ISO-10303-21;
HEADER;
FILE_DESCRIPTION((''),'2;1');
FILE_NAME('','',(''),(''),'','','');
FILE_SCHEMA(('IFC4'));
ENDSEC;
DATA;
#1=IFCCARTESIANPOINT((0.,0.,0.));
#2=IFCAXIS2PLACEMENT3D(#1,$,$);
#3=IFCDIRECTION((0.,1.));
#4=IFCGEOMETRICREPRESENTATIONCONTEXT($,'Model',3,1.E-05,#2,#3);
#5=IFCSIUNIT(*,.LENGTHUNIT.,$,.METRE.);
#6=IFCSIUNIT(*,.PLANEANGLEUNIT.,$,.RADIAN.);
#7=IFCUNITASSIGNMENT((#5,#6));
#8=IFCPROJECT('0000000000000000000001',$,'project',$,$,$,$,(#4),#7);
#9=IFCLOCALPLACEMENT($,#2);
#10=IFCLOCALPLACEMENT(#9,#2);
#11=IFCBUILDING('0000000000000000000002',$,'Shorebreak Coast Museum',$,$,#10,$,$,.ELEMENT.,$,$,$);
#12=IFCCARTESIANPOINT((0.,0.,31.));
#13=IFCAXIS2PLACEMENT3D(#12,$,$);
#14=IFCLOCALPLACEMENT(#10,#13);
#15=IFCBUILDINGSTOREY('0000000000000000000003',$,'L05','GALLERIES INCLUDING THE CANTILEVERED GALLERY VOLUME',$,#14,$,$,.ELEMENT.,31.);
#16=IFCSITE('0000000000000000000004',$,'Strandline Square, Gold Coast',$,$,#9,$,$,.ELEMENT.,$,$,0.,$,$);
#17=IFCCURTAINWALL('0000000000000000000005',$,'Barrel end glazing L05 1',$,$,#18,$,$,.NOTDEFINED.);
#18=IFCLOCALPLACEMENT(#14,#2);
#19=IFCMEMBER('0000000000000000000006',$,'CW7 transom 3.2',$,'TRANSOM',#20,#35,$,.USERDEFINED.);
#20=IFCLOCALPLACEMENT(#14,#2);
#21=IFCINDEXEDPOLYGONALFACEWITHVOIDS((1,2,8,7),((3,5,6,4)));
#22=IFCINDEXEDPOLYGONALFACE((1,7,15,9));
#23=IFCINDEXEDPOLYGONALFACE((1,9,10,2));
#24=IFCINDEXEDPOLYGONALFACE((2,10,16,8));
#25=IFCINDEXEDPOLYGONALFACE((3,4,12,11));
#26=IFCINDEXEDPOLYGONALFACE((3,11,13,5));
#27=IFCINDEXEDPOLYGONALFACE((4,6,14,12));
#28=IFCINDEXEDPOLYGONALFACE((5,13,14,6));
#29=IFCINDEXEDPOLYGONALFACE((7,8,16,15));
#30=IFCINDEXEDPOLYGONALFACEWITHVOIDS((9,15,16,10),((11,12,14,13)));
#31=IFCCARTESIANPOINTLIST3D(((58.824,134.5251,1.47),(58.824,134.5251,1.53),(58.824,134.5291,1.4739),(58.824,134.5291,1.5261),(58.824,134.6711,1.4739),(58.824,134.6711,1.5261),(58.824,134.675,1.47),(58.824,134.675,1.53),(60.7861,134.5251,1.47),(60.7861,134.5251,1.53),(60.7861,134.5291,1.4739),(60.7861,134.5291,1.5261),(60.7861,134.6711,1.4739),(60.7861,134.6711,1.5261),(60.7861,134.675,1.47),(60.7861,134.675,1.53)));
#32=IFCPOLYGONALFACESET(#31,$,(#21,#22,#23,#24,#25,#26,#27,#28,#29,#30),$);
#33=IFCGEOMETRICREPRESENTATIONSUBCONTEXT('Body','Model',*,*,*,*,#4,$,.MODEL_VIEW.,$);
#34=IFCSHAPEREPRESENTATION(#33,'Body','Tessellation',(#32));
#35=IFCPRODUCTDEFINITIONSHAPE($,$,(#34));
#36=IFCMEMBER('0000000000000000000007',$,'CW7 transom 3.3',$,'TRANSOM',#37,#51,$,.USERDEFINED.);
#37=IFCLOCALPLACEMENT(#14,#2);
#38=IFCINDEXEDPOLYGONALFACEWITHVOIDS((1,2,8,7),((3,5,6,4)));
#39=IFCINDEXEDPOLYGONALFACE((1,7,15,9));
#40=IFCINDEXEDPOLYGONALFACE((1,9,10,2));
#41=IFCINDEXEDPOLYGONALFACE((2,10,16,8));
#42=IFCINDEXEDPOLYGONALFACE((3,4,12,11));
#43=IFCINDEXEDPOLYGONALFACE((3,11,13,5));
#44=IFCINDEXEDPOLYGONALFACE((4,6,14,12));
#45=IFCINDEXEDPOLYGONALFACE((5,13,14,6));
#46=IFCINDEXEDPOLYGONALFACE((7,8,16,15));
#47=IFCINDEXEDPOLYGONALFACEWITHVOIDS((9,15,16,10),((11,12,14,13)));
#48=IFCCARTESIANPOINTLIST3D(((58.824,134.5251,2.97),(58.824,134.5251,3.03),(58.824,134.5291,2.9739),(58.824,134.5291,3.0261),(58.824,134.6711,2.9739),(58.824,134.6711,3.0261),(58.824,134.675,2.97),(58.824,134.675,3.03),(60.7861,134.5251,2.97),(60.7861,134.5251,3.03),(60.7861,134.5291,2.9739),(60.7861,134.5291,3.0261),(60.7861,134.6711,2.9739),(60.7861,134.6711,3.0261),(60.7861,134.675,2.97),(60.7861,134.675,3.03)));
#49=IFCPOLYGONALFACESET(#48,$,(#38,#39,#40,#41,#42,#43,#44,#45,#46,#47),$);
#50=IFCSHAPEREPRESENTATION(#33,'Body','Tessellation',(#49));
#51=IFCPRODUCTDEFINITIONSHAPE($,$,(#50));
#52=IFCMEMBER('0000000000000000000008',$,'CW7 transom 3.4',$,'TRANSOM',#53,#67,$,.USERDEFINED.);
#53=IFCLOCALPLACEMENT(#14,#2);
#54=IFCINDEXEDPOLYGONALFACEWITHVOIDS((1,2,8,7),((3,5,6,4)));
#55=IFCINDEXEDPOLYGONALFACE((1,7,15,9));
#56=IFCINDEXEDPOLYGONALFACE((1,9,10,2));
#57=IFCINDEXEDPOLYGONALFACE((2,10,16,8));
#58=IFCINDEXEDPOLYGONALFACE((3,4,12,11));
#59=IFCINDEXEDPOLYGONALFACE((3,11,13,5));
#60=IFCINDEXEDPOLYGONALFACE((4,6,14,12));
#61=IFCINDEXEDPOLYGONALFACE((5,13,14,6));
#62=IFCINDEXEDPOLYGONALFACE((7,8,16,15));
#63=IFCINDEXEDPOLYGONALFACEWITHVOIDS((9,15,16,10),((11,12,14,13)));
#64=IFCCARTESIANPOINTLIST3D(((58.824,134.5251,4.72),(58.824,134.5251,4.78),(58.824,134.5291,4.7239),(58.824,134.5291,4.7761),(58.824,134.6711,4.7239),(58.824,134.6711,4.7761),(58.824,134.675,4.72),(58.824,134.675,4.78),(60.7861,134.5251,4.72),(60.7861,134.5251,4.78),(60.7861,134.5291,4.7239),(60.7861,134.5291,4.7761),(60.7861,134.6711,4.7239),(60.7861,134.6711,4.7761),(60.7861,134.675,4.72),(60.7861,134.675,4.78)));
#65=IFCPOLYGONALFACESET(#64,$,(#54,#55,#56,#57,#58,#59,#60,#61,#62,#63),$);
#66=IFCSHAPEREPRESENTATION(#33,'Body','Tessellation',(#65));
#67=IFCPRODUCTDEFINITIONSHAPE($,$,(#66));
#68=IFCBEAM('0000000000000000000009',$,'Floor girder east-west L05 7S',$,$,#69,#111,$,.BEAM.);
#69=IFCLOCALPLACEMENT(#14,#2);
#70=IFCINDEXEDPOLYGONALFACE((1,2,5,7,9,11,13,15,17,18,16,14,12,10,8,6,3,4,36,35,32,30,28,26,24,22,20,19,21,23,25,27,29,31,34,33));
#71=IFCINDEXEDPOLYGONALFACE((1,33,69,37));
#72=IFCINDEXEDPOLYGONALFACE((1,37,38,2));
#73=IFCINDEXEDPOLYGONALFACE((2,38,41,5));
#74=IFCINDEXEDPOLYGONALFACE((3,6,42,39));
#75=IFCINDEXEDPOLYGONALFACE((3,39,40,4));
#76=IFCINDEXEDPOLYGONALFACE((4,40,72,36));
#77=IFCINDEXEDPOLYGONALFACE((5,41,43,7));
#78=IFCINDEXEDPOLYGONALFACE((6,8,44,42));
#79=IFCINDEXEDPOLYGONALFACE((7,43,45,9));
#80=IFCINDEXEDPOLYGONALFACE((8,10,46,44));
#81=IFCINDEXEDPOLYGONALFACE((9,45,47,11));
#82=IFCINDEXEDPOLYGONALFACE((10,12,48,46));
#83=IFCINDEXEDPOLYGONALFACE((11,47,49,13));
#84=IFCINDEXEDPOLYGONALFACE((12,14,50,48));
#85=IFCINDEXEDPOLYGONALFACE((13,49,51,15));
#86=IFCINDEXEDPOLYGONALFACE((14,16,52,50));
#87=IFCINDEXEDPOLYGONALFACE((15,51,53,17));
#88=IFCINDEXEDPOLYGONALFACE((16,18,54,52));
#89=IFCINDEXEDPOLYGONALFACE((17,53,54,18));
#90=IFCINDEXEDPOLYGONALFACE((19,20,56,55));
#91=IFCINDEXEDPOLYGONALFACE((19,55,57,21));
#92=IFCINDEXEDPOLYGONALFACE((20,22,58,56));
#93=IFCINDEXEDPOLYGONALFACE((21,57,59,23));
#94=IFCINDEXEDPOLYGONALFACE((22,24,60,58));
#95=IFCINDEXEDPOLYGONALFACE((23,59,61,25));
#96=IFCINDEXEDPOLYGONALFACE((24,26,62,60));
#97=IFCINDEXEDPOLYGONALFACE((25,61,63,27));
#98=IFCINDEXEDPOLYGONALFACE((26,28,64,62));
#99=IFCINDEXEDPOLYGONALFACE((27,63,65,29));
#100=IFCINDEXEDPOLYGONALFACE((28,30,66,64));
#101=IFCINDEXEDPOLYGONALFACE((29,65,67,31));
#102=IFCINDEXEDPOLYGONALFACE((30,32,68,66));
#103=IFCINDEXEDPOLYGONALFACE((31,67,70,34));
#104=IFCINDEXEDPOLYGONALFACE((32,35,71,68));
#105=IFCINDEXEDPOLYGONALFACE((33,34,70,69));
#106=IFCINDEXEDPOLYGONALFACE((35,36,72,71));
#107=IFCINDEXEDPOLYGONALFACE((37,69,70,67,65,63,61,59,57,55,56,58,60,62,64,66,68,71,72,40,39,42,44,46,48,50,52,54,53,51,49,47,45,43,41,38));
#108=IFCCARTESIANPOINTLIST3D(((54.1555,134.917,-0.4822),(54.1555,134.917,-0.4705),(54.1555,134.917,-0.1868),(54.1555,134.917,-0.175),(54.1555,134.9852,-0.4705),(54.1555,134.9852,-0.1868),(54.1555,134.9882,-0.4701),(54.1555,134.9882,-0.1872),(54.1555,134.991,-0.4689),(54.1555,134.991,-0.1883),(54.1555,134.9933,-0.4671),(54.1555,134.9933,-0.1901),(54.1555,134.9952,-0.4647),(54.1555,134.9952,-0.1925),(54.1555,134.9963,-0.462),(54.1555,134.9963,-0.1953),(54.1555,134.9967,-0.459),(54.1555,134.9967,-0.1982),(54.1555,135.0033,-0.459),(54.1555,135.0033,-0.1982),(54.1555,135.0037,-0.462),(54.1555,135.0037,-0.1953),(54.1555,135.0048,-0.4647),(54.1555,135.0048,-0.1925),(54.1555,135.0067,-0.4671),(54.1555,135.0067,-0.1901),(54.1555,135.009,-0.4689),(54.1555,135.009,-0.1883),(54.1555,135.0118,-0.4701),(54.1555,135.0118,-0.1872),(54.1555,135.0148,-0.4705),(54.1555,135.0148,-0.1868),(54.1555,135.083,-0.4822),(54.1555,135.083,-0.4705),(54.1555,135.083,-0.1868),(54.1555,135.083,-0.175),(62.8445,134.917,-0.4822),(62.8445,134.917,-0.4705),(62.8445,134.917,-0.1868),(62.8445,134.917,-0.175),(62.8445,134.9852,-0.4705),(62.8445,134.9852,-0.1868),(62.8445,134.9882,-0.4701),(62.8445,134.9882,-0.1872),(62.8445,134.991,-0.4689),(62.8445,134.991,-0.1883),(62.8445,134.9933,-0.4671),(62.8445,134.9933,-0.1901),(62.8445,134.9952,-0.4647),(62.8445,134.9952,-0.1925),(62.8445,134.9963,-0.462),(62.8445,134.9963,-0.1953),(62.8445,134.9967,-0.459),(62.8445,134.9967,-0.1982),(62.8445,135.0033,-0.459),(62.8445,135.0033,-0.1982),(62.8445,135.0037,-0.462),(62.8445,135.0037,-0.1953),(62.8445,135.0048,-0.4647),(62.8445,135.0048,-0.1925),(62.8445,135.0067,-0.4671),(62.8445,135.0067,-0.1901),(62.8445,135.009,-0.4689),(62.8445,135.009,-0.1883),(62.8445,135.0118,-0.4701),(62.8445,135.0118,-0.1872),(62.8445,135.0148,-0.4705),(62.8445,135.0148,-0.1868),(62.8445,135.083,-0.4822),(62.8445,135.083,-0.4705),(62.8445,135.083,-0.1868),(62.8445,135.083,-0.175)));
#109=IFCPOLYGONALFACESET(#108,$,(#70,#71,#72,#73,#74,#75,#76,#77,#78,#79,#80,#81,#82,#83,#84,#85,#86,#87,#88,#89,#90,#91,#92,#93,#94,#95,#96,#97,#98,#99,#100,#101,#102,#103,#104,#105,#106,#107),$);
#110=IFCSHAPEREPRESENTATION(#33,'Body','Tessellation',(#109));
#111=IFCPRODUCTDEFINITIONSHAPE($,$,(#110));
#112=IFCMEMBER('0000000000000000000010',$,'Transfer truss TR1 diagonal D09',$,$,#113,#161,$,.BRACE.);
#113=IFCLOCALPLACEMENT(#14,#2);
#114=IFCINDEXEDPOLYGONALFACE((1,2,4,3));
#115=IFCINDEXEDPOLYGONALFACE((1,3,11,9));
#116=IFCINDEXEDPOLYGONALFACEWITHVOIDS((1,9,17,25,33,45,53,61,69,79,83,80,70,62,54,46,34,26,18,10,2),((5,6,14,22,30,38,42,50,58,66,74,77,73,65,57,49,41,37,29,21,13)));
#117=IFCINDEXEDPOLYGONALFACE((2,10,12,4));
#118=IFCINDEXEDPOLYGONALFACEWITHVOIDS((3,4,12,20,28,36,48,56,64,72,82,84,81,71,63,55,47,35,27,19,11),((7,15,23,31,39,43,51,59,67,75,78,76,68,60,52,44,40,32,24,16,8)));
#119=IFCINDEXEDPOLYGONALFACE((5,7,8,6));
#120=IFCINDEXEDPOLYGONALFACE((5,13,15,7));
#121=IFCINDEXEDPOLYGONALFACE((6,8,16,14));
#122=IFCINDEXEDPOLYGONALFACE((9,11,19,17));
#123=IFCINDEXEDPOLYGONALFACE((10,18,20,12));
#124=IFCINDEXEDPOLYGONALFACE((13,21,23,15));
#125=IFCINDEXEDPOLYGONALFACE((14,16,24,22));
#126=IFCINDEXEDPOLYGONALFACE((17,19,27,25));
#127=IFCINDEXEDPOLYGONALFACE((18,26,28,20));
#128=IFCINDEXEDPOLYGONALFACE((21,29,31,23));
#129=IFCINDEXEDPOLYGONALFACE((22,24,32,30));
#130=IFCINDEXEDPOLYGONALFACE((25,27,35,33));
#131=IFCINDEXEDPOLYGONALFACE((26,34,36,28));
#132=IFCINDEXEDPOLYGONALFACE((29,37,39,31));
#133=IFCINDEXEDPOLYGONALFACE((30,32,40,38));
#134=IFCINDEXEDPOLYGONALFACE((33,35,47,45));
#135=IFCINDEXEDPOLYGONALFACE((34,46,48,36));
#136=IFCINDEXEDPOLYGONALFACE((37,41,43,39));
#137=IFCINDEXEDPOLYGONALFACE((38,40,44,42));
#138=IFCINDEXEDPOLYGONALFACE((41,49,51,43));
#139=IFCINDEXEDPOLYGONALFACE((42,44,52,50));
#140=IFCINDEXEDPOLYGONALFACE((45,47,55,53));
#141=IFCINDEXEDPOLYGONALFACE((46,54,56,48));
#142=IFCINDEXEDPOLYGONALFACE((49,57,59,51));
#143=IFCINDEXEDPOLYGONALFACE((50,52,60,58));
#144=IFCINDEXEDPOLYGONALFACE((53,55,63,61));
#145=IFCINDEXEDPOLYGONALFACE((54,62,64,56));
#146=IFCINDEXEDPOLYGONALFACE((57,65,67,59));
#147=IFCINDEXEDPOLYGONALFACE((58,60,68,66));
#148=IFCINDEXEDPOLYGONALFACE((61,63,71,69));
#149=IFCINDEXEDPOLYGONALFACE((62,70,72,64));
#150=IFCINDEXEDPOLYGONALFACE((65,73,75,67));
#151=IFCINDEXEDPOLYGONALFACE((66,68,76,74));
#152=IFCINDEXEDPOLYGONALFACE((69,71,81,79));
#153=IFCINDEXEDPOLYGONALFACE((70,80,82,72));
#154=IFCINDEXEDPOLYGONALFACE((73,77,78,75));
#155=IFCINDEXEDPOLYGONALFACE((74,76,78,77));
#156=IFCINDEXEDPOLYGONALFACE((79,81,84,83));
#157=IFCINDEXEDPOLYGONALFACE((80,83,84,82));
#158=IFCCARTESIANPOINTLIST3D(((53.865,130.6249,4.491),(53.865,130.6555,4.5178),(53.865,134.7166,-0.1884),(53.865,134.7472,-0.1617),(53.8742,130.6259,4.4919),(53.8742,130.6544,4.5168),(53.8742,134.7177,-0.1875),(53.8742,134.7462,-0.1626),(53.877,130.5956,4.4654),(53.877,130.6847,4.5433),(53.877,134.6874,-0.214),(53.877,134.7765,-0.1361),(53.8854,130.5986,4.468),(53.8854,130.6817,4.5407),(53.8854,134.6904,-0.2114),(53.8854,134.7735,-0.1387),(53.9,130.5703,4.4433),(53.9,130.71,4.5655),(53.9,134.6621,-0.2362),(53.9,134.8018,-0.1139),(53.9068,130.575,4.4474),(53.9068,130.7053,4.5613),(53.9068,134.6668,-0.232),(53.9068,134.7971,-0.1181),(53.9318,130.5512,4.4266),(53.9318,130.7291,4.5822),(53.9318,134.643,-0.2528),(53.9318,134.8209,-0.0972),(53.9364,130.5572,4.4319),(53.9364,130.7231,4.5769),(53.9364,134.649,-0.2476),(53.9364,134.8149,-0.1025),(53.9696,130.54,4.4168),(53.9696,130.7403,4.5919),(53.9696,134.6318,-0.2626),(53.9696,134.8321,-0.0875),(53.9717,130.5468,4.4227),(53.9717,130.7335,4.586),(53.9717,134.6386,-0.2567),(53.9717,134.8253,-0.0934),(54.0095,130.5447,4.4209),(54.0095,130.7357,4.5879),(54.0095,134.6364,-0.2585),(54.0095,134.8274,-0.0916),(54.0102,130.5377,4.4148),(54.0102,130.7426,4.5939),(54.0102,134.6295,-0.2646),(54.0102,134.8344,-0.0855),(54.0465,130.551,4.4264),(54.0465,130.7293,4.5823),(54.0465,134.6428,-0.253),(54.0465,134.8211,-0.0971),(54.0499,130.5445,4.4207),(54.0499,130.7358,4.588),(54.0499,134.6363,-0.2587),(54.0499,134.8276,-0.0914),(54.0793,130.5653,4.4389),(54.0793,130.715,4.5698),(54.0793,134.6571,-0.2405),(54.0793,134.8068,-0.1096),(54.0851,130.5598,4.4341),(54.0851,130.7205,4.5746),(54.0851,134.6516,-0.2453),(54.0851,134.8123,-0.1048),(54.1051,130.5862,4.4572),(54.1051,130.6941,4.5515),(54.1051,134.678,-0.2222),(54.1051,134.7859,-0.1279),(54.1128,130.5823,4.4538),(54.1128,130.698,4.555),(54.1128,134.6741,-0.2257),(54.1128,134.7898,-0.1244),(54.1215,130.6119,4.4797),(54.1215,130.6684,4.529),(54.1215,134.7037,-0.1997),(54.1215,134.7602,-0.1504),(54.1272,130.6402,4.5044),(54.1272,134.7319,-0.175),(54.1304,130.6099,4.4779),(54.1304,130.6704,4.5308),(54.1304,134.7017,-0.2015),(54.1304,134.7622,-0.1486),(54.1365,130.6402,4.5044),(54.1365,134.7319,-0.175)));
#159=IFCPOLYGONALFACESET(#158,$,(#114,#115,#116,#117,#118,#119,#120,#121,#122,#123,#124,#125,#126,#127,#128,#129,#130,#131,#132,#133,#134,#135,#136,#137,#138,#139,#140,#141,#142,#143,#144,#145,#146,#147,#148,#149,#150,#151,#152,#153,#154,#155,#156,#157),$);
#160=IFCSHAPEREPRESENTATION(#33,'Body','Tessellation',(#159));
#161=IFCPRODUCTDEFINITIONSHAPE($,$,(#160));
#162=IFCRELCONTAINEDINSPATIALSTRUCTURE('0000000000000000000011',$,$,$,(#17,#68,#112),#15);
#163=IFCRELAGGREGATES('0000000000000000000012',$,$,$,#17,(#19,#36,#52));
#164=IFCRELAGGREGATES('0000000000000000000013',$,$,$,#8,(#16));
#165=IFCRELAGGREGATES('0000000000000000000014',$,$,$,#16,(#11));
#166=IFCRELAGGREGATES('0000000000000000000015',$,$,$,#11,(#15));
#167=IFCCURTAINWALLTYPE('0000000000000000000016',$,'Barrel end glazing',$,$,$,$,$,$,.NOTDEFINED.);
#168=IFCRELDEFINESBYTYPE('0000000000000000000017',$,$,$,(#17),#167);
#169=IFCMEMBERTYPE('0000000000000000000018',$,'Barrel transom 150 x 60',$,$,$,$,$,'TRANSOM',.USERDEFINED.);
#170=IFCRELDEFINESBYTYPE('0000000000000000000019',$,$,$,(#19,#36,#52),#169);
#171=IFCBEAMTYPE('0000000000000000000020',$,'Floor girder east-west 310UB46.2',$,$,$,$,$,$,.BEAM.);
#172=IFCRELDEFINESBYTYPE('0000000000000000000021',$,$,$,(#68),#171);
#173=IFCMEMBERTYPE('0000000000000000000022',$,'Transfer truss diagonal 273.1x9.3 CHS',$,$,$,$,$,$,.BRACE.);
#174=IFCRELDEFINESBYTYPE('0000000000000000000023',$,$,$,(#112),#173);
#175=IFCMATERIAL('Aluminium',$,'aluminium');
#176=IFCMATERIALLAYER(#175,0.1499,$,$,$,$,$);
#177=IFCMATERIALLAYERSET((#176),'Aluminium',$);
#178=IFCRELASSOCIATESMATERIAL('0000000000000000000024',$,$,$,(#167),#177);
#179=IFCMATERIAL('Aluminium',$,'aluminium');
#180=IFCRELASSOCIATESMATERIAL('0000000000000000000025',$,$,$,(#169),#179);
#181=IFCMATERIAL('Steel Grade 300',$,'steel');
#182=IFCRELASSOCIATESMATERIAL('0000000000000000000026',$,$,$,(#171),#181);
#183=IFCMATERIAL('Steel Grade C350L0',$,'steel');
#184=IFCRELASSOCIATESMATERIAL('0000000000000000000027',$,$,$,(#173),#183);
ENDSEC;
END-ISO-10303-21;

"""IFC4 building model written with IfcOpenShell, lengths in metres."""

from ifc_helpers import new_model, si_unit, direction, frame, origin, origin_2d, place, context, subcontext, project, spatial, hollow_rectangle, hollow_circle, i_section, extrude, material, layer, layer_set, material_profile, profile_set, type_object, element, aggregate, save


model = new_model("IFC4")

# Units and contexts
model_context = context("Model", 3, precision=1e-05, world=origin(), true_north=direction((0.0, 1.0)))
body_context = subcontext(model_context, "Body", "Model", "MODEL_VIEW")
ifc_project = project(units=[si_unit("LENGTHUNIT", "METRE"), si_unit("PLANEANGLEUNIT", "RADIAN")], contexts=[model_context])

# Site, building, storey
site_placement = place(None, origin())
site = spatial("IfcSite", under=ifc_project, at=site_placement, Name="Strandline Square, Gold Coast", CompositionType="ELEMENT", RefElevation=0.0)
building_placement = place(site_placement, origin())
building = spatial("IfcBuilding", under=site, at=building_placement, Name="Shorebreak Coast Museum", CompositionType="ELEMENT")
storey_placement = place(building_placement, frame((0.0, 0.0, 31.0)))
storey = spatial("IfcBuildingStorey", under=building, at=storey_placement, Name="L05", Description="GALLERIES INCLUDING THE CANTILEVERED GALLERY VOLUME", CompositionType="ELEMENT", Elevation=31.0)

# Curtain wall, members
ifc_material_1 = material(Name="Aluminium", Category="aluminium")
ifc_layer_1 = layer(ifc_material_1, 0.1499)
ifc_layer_set_1 = layer_set([ifc_layer_1], Name="Aluminium")
curtain_wall_type = type_object("IfcCurtainWallType", Name="Barrel end glazing", PredefinedType="NOTDEFINED", material=ifc_layer_set_1)
curtain_wall_placement = place(storey_placement, origin())
curtain_wall = element("IfcCurtainWall", 1, at=curtain_wall_placement, inside=storey, type_object=curtain_wall_type, Name="Barrel end glazing L05 1", PredefinedType="NOTDEFINED")
ifc_material_2 = material(Name="Aluminium", Category="aluminium")
ifc_material_profile_1 = material_profile(ifc_material_2, hollow_rectangle(XDim=0.1499, YDim=0.0601, WallThickness=0.0039, at=origin_2d()), Name="AL 60x150 RHS")
ifc_profile_set_1 = profile_set([ifc_material_profile_1], Name="Aluminium")
member_type_1 = type_object("IfcMemberType", Name="Barrel transom 150 x 60", ElementType="TRANSOM", PredefinedType="USERDEFINED", material=ifc_profile_set_1)
member_1_placement = place(storey_placement, frame((58.824, 134.6001, 1.5), z_axis=(1.0, 0.0, 0.0), x_axis=(0.0, 1.0, 0.0)))
member_1 = element("IfcMember", 2, at=member_1_placement, type_object=member_type_1, Name="CW7 transom 3.2", ObjectType="TRANSOM", PredefinedType="USERDEFINED", context=body_context, shape_type="SweptSolid", body=[
    extrude(hollow_rectangle(XDim=0.1499, YDim=0.0601, WallThickness=0.0039, at=origin_2d()), origin(), (0.0, 0.0, 1.0), 1.9622),
])
member_2_placement = place(storey_placement, frame((58.824, 134.6001, 3.0), z_axis=(1.0, 0.0, 0.0), x_axis=(0.0, 1.0, 0.0)))
member_2 = element("IfcMember", 3, at=member_2_placement, type_object=member_type_1, Name="CW7 transom 3.3", ObjectType="TRANSOM", PredefinedType="USERDEFINED", context=body_context, shape_type="SweptSolid", body=[
    extrude(hollow_rectangle(XDim=0.1499, YDim=0.0601, WallThickness=0.0039, at=origin_2d()), origin(), (0.0, 0.0, 1.0), 1.9622),
])
member_3_placement = place(storey_placement, frame((58.824, 134.6001, 4.75), z_axis=(1.0, 0.0, 0.0), x_axis=(0.0, 1.0, 0.0)))
member_3 = element("IfcMember", 4, at=member_3_placement, type_object=member_type_1, Name="CW7 transom 3.4", ObjectType="TRANSOM", PredefinedType="USERDEFINED", context=body_context, shape_type="SweptSolid", body=[
    extrude(hollow_rectangle(XDim=0.1499, YDim=0.0601, WallThickness=0.0039, at=origin_2d()), origin(), (0.0, 0.0, 1.0), 1.9622),
])

# Beam
ifc_material_3 = material(Name="Steel Grade 300", Category="steel")
ifc_material_profile_2 = material_profile(ifc_material_3, i_section(OverallWidth=0.166, OverallDepth=0.3071, WebThickness=0.0066, FlangeThickness=0.0117, FilletRadius=0.0115, at=origin_2d()), Name="310UB46.2")
ifc_profile_set_2 = profile_set([ifc_material_profile_2], Name="Steel Grade 300")
beam_type = type_object("IfcBeamType", Name="Floor girder east-west 310UB46.2", PredefinedType="BEAM", material=ifc_profile_set_2)
beam_placement = place(storey_placement, frame((54.1555, 135.0, -0.3286), z_axis=(1.0, 0.0, 0.0), x_axis=(0.0, 1.0, 0.0)))
element("IfcBeam", 5, at=beam_placement, inside=storey, type_object=beam_type, Name="Floor girder east-west L05 7S", PredefinedType="BEAM", context=body_context, shape_type="SweptSolid", body=[
    extrude(i_section(OverallWidth=0.166, OverallDepth=0.3071, WebThickness=0.0066, FlangeThickness=0.0117, FilletRadius=0.0115, at=origin_2d()), origin(), (0.0, 0.0, 1.0), 8.689),
])

# Member
ifc_material_4 = material(Name="Steel Grade C350L0", Category="steel")
ifc_material_profile_3 = material_profile(ifc_material_4, hollow_circle(Radius=0.1365, WallThickness=0.0093, at=origin_2d()), Name="273.1x9.3 CHS")
ifc_profile_set_3 = profile_set([ifc_material_profile_3], Name="Steel Grade C350L0")
member_type_2 = type_object("IfcMemberType", Name="Transfer truss diagonal 273.1x9.3 CHS", PredefinedType="BRACE", material=ifc_profile_set_3)
member_4_placement = place(storey_placement, frame((54.0, 134.7319, -0.175), z_axis=(0.0, -0.658257, 0.752793), x_axis=(1.0, 0.0, 0.0)))
element("IfcMember", 6, at=member_4_placement, inside=storey, type_object=member_type_2, Name="Transfer truss TR1 diagonal D09", PredefinedType="BRACE", context=body_context, shape_type="SweptSolid", body=[
    extrude(hollow_circle(Radius=0.1365, WallThickness=0.0093, at=origin_2d()), origin(), (0.0, 0.0, 1.0), 6.2161),
])

aggregate(curtain_wall, [member_1, member_2, member_3])

save(model, "model.ifc")
